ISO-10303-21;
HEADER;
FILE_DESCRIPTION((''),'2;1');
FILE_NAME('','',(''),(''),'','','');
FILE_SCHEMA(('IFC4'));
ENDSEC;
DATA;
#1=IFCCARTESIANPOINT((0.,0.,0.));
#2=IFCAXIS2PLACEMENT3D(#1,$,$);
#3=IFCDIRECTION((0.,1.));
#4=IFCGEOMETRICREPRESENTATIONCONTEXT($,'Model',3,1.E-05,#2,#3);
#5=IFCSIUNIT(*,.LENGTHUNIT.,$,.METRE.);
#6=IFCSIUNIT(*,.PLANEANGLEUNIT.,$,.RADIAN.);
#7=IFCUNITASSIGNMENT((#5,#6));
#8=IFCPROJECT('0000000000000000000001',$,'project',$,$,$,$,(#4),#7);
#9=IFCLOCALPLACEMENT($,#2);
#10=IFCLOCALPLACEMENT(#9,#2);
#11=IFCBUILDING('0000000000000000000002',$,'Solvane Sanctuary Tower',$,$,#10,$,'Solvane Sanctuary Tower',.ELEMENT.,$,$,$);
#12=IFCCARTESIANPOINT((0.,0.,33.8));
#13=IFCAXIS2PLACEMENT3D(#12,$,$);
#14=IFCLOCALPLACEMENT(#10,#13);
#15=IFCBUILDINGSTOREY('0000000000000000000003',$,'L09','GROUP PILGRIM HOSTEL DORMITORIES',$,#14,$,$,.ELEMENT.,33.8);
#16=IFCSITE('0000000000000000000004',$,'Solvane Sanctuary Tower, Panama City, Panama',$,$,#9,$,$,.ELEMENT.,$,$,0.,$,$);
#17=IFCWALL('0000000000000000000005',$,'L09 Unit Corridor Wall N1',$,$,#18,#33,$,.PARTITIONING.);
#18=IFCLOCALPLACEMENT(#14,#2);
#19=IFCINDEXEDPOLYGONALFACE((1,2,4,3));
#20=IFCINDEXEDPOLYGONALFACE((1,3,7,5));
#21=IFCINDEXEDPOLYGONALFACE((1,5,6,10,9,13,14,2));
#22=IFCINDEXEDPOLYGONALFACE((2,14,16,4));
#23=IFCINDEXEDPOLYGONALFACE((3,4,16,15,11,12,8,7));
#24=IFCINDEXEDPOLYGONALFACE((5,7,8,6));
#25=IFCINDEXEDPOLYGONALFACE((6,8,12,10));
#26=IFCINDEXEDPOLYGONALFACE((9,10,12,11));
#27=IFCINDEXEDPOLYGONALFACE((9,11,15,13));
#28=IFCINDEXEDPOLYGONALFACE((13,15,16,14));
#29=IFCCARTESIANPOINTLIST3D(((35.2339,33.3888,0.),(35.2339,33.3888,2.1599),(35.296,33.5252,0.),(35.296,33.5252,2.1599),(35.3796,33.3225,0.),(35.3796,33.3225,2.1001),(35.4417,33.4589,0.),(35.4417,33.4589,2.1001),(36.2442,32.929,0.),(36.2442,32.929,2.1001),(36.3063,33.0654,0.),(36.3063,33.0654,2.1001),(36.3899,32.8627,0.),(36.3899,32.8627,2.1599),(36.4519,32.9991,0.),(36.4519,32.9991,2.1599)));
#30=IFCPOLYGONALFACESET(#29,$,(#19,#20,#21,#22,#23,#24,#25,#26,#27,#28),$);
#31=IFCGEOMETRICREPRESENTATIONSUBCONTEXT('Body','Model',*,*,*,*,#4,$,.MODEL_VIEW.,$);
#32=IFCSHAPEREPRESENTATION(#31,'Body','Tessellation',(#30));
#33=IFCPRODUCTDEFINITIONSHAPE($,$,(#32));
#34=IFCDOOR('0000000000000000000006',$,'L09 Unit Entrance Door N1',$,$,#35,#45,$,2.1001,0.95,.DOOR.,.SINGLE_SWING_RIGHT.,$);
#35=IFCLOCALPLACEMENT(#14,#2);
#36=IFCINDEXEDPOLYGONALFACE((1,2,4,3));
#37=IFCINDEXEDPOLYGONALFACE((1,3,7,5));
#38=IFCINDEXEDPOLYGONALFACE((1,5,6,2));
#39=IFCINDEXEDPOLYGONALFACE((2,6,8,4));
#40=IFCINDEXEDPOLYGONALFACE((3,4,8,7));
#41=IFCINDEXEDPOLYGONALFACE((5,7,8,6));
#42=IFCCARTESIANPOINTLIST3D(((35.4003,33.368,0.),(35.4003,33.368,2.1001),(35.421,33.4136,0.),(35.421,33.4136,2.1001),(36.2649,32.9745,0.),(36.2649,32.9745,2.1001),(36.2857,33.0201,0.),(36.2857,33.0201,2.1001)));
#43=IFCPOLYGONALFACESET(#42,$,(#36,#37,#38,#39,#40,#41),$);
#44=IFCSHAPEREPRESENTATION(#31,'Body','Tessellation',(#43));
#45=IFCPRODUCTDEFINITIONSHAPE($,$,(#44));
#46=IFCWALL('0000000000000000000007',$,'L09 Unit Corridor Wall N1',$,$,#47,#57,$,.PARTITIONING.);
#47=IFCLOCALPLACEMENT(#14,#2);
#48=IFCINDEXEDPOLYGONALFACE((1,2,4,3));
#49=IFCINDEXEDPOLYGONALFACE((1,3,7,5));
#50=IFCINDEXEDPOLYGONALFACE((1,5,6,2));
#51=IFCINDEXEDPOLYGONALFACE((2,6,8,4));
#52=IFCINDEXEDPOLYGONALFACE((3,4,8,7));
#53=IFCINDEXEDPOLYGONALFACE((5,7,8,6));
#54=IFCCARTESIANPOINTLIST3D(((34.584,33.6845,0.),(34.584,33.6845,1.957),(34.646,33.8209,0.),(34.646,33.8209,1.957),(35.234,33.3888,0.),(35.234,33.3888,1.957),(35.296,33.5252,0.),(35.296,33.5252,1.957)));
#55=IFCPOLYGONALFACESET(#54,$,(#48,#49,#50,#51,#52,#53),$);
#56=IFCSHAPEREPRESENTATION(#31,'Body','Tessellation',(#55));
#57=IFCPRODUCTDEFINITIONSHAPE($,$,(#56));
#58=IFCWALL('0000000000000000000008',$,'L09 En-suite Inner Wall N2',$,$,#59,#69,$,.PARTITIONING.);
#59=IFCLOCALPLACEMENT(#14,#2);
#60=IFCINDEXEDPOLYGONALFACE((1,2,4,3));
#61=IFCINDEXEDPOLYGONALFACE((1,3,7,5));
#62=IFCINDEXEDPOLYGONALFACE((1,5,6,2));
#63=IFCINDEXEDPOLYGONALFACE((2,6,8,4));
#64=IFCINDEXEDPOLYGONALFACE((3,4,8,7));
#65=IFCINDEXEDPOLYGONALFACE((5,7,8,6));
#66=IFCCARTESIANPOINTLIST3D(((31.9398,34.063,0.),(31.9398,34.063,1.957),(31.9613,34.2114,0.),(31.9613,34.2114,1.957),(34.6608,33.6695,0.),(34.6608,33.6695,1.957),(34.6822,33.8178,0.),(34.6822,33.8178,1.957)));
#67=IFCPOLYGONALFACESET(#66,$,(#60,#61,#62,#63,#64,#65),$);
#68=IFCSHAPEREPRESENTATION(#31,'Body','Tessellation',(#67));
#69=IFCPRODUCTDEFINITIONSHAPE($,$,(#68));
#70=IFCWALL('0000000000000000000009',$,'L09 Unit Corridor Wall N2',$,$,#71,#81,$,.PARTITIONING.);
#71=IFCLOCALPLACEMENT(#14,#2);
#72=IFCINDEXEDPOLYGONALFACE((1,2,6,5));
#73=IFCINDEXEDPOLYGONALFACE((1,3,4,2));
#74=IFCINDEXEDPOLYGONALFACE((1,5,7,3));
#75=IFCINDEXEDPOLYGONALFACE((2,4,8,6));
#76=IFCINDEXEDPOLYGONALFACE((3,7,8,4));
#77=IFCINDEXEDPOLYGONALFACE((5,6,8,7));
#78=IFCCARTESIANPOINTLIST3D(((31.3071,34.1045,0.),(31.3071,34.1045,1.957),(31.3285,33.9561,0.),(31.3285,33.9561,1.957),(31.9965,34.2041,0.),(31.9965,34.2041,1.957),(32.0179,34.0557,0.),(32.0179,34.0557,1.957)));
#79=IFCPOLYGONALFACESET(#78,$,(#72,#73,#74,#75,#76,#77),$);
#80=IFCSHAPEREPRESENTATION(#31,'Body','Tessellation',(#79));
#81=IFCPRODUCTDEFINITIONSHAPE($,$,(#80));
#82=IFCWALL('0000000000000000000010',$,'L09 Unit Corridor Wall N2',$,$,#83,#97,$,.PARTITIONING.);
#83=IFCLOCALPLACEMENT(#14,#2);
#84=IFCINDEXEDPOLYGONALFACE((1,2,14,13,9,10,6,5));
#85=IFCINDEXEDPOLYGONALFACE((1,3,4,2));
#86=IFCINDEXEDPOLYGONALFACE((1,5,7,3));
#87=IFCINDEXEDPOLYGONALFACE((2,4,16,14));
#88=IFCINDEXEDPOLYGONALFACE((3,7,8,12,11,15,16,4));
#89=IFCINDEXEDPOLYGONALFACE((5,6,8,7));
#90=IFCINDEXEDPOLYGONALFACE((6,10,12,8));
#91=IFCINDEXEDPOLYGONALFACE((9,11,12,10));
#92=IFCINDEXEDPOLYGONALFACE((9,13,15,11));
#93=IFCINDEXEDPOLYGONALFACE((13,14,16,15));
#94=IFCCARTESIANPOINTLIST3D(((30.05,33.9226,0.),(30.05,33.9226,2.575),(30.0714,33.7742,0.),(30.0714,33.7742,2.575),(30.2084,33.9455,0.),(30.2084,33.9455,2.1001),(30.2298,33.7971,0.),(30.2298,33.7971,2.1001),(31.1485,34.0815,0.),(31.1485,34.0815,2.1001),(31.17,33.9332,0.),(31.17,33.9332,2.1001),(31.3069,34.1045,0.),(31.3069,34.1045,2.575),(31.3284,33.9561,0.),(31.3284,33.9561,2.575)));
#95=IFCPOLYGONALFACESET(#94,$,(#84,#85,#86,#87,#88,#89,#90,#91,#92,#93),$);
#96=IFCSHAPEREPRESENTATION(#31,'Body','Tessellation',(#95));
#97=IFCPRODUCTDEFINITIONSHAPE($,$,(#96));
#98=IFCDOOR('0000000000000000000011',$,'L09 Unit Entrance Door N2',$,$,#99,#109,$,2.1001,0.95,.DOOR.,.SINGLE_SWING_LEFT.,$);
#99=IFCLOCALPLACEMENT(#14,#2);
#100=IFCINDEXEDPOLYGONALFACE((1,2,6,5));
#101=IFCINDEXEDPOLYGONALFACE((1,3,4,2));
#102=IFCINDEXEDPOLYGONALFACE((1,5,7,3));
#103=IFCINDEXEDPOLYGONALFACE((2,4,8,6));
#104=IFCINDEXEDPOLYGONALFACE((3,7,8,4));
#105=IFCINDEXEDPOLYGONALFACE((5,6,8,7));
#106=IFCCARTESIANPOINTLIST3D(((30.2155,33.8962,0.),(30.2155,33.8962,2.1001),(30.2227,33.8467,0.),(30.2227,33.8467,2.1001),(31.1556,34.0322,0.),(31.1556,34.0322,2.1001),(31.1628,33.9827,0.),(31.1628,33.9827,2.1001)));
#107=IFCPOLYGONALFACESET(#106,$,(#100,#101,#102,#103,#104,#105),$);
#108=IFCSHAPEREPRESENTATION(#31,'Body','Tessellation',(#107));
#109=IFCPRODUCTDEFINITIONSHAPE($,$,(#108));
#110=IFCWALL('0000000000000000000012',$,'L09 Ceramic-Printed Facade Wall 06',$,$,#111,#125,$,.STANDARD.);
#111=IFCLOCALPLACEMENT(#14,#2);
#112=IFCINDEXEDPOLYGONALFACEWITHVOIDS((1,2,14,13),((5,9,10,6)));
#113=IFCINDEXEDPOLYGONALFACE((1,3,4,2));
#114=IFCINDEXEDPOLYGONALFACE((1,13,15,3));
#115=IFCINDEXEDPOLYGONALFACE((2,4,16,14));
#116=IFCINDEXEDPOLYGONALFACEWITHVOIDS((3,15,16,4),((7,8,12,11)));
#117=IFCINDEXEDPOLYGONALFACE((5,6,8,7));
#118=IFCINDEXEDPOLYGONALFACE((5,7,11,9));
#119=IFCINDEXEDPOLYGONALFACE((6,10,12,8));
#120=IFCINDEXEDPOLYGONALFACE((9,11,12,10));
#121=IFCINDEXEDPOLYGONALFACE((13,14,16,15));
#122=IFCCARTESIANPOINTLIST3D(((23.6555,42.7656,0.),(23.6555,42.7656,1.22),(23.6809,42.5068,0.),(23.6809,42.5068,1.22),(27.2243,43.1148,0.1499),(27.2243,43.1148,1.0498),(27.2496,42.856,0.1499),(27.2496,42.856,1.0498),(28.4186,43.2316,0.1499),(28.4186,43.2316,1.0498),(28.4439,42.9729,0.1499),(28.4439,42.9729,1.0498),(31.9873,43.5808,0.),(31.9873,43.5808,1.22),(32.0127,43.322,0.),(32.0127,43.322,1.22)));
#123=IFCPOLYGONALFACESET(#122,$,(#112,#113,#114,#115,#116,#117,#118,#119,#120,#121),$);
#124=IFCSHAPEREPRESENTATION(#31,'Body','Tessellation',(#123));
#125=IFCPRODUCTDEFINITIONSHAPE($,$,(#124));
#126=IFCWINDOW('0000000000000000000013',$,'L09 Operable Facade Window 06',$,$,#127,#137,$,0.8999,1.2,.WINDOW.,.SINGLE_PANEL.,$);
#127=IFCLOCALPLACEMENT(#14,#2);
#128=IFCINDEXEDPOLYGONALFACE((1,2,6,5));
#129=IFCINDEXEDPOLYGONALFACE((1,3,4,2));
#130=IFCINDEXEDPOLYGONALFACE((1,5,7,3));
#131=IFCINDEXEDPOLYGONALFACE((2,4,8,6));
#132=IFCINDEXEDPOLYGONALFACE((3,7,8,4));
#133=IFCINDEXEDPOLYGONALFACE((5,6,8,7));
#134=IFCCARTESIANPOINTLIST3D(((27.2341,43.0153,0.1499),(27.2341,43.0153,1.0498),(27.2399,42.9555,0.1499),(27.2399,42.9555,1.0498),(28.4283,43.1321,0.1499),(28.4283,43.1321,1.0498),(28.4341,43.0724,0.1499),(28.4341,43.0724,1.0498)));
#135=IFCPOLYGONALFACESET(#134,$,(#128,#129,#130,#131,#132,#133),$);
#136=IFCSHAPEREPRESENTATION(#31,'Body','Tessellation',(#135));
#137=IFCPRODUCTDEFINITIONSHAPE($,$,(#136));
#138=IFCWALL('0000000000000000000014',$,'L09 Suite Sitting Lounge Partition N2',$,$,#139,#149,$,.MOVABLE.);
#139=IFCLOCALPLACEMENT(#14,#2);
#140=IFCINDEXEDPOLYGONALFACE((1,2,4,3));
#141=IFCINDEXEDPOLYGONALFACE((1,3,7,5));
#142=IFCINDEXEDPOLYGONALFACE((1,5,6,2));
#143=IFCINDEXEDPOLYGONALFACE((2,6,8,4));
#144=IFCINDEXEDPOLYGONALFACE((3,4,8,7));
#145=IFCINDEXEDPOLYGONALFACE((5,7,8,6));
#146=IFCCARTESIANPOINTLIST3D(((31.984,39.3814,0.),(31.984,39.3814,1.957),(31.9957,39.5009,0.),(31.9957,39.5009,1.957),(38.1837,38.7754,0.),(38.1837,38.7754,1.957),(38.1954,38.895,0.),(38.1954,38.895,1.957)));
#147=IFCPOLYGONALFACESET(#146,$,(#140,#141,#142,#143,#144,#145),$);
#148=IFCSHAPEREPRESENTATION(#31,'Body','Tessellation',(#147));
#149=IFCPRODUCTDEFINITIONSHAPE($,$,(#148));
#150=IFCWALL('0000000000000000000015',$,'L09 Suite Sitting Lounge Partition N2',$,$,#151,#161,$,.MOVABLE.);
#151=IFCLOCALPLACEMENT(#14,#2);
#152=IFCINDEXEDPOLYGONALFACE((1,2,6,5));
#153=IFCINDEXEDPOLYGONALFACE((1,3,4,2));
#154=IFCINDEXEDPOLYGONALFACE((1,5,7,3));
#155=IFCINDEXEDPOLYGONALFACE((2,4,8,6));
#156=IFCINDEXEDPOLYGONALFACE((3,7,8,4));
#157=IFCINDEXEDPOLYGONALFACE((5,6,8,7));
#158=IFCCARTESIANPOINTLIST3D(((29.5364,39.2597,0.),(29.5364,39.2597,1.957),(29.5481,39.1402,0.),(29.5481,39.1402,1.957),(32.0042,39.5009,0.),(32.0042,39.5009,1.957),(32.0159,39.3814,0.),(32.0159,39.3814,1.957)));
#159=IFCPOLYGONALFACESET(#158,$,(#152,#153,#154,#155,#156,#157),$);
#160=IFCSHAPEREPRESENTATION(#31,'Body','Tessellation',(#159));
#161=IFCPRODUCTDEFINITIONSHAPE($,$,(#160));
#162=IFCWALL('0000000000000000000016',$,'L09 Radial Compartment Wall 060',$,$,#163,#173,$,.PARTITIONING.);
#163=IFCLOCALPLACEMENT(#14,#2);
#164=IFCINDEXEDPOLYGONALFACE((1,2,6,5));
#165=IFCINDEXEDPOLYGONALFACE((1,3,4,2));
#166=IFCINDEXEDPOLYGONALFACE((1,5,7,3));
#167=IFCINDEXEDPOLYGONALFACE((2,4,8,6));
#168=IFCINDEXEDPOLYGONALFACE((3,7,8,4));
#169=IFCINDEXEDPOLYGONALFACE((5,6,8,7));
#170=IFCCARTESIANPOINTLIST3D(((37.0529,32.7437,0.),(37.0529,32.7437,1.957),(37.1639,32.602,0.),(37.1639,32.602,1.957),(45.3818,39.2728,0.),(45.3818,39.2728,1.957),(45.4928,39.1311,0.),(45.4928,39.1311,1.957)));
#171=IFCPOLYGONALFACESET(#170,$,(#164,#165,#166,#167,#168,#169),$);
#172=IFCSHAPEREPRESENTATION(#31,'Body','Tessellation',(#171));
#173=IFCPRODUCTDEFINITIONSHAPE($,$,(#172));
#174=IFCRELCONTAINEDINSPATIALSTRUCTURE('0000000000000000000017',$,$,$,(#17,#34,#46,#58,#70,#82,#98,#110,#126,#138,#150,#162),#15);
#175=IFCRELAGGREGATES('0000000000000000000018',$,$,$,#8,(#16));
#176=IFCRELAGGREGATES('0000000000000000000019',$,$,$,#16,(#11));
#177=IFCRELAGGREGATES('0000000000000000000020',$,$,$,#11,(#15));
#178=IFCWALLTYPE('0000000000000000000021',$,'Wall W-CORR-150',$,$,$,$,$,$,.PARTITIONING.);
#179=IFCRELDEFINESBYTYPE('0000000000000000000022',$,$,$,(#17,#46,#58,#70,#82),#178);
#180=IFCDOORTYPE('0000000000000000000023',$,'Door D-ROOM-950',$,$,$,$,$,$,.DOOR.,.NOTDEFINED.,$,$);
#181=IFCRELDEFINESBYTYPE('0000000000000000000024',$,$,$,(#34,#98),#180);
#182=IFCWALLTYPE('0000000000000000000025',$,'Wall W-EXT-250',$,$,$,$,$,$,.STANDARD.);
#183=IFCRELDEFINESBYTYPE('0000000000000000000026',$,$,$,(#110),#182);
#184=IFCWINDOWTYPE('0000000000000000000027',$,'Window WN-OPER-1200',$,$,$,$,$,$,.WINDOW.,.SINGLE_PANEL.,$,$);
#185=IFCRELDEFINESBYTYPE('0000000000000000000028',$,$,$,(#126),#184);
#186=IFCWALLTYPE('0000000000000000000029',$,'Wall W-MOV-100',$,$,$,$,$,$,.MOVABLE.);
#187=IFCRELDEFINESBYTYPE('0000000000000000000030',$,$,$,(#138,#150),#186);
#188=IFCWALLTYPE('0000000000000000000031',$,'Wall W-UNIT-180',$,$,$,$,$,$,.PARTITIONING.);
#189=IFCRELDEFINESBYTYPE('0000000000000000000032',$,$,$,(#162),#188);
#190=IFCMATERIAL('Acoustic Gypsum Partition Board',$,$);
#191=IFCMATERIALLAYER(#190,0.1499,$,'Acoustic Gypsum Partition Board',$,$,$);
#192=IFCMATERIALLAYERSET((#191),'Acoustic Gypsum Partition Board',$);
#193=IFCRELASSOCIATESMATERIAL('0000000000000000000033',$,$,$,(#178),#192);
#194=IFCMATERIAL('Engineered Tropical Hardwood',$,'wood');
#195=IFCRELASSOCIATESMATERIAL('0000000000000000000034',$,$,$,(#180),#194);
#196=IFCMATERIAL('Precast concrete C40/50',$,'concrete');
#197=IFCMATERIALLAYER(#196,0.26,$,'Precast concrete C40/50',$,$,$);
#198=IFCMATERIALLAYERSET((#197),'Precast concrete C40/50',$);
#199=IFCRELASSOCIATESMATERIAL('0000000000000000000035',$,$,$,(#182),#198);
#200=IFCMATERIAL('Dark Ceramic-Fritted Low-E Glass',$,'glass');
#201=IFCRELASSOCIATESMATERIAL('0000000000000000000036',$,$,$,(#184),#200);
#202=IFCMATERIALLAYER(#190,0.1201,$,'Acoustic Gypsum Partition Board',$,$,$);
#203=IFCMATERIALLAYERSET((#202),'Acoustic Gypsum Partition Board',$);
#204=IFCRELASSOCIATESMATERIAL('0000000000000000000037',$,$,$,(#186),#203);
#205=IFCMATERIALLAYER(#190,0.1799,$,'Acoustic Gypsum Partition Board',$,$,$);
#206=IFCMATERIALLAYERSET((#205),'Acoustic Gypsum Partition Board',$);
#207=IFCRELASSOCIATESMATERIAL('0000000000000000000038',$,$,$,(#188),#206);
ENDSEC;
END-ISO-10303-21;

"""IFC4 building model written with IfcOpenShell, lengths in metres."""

from ifc_helpers import new_model, si_unit, direction, frame, frame_2d, origin, place, context, subcontext, project, spatial, rectangle, extrude, material, layer, layer_set, type_object, element, fill, save


model = new_model("IFC4")

# Units and contexts
model_context = context("Model", 3, precision=1e-05, world=origin(), true_north=direction((0.0, 1.0)))
body_context = subcontext(model_context, "Body", "Model", "MODEL_VIEW")
ifc_project = project(units=[si_unit("LENGTHUNIT", "METRE"), si_unit("PLANEANGLEUNIT", "RADIAN")], contexts=[model_context])

# Site, building, storey
site_placement = place(None, origin())
site = spatial("IfcSite", under=ifc_project, at=site_placement, Name="Solvane Sanctuary Tower, Panama City, Panama", CompositionType="ELEMENT", RefElevation=0.0)
building_placement = place(site_placement, origin())
building = spatial("IfcBuilding", under=site, at=building_placement, Name="Solvane Sanctuary Tower", LongName="Solvane Sanctuary Tower", CompositionType="ELEMENT")
storey_placement = place(building_placement, frame((0.0, 0.0, 33.8)))
storey = spatial("IfcBuildingStorey", under=building, at=storey_placement, Name="L09", Description="GROUP PILGRIM HOSTEL DORMITORIES", CompositionType="ELEMENT", Elevation=33.8)

# Shared definitions
ifc_material_1 = material(Name="Acoustic Gypsum Partition Board")
ifc_layer_1 = layer(ifc_material_1, 0.1499, Name="Acoustic Gypsum Partition Board")
ifc_layer_set_1 = layer_set([ifc_layer_1], Name="Acoustic Gypsum Partition Board")
wall_type_1 = type_object("IfcWallType", Name="Wall W-CORR-150", PredefinedType="PARTITIONING", material=ifc_layer_set_1)

# Wall, opening, door
wall_1_placement = place(storey_placement, frame((36.4209, 32.9309, 0.0), z_axis=(0.0, 0.0, 1.0), x_axis=(-0.910169, 0.414237, 0.0)))
wall_1 = element("IfcWall", 1, at=wall_1_placement, inside=storey, type_object=wall_type_1, Name="L09 Unit Corridor Wall N1", PredefinedType="PARTITIONING", context=body_context, shape_type="SweptSolid", body=[
    extrude(rectangle(XDim=1.27, YDim=0.1499, at=frame_2d((0.635, 0.0))), origin(), (0.0, 0.0, 1.0), 2.1599),
])
opening_1_placement = place(wall_1_placement, frame((0.1599, 0.0, 0.0)))
opening_1 = element("IfcOpeningElement", 2, at=opening_1_placement, cuts=wall_1, PredefinedType="OPENING", context=body_context, shape_type="SweptSolid", body=[
    extrude(rectangle(XDim=0.95, YDim=2.1001, at=frame_2d((0.4751, 1.05))), frame((0.0, 0.085, 0.0), z_axis=(0.0, -1.0, 0.0), x_axis=(1.0, 0.0, 0.0)), (0.0, 0.0, 1.0), 0.1699),
])
ifc_material_2 = material(Name="Engineered Tropical Hardwood", Category="wood")
door_type_1 = type_object("IfcDoorType", Name="Door D-ROOM-950", OperationType="NOTDEFINED", PredefinedType="DOOR", material=ifc_material_2)
door_1_placement = place(opening_1_placement, origin())
door_1 = element("IfcDoor", 3, at=door_1_placement, inside=storey, type_object=door_type_1, Name="L09 Unit Entrance Door N1", OperationType="SINGLE_SWING_RIGHT", OverallHeight=2.1001, OverallWidth=0.95, PredefinedType="DOOR", context=body_context, shape_type="SweptSolid", body=[
    extrude(rectangle(XDim=0.95, YDim=2.1001, at=frame_2d((0.4751, 1.05))), frame((0.0, 0.0249, 0.0), z_axis=(0.0, -1.0, 0.0), x_axis=(1.0, 0.0, 0.0)), (0.0, 0.0, 1.0), 0.05),
])
fill(opening_1, door_1)

# Walls
wall_2_placement = place(storey_placement, frame((35.2649, 33.457, 0.0), z_axis=(0.0, 0.0, 1.0), x_axis=(-0.910238, 0.414086, 0.0)))
element("IfcWall", 4, at=wall_2_placement, inside=storey, type_object=wall_type_1, Name="L09 Unit Corridor Wall N1", PredefinedType="PARTITIONING", context=body_context, shape_type="SweptSolid", body=[
    extrude(rectangle(XDim=0.7141, YDim=0.1499, at=frame_2d((0.3569, 0.0))), origin(), (0.0, 0.0, 1.0), 1.957),
])
wall_3_placement = place(storey_placement, frame((34.6714, 33.7437, 0.0), z_axis=(0.0, 0.0, 1.0), x_axis=(-0.989701, 0.143149, 0.0)))
element("IfcWall", 5, at=wall_3_placement, inside=storey, type_object=wall_type_1, Name="L09 En-suite Inner Wall N2", PredefinedType="PARTITIONING", context=body_context, shape_type="SweptSolid", body=[
    extrude(rectangle(XDim=2.7493, YDim=0.1499, at=frame_2d((1.3745, 0.0))), origin(), (0.0, 0.0, 1.0), 1.957),
])
wall_4_placement = place(storey_placement, frame((32.0071, 34.1299, 0.0), z_axis=(0.0, 0.0, 1.0), x_axis=(-0.989724, -0.142991, 0.0)))
element("IfcWall", 6, at=wall_4_placement, inside=storey, type_object=wall_type_1, Name="L09 Unit Corridor Wall N2", PredefinedType="PARTITIONING", context=body_context, shape_type="SweptSolid", body=[
    extrude(rectangle(XDim=0.6965, YDim=0.1499, at=frame_2d((0.3481, 0.0))), origin(), (0.0, 0.0, 1.0), 1.957),
])

# Wall, opening, door
wall_5_placement = place(storey_placement, frame((31.3176, 34.0303, 0.0), z_axis=(0.0, 0.0, 1.0), x_axis=(-0.98969, -0.143224, 0.0)))
wall_5 = element("IfcWall", 7, at=wall_5_placement, inside=storey, type_object=wall_type_1, Name="L09 Unit Corridor Wall N2", PredefinedType="PARTITIONING", context=body_context, shape_type="SweptSolid", body=[
    extrude(rectangle(XDim=1.27, YDim=0.1499, at=frame_2d((0.635, 0.0))), origin(), (0.0, 0.0, 1.0), 2.575),
])
opening_2_placement = place(wall_5_placement, frame((0.1599, 0.0, 0.0)))
opening_2 = element("IfcOpeningElement", 8, at=opening_2_placement, cuts=wall_5, PredefinedType="OPENING", context=body_context, shape_type="SweptSolid", body=[
    extrude(rectangle(XDim=0.95, YDim=2.1001, at=frame_2d((0.4751, 1.05))), frame((0.0, 0.085, 0.0), z_axis=(0.0, -1.0, 0.0), x_axis=(1.0, 0.0, 0.0)), (0.0, 0.0, 1.0), 0.1699),
])
door_2_placement = place(opening_2_placement, origin())
door_2 = element("IfcDoor", 9, at=door_2_placement, inside=storey, type_object=door_type_1, Name="L09 Unit Entrance Door N2", OperationType="SINGLE_SWING_LEFT", OverallHeight=2.1001, OverallWidth=0.95, PredefinedType="DOOR", context=body_context, shape_type="SweptSolid", body=[
    extrude(rectangle(XDim=0.95, YDim=2.1001, at=frame_2d((0.4751, 1.05))), frame((0.0, 0.0249, 0.0), z_axis=(0.0, -1.0, 0.0), x_axis=(1.0, 0.0, 0.0)), (0.0, 0.0, 1.0), 0.05),
])
fill(opening_2, door_2)

# Wall, opening, window
ifc_material_3 = material(Name="Precast concrete C40/50", Category="concrete")
ifc_layer_2 = layer(ifc_material_3, 0.26, Name="Precast concrete C40/50")
ifc_layer_set_2 = layer_set([ifc_layer_2], Name="Precast concrete C40/50")
wall_type_2 = type_object("IfcWallType", Name="Wall W-EXT-250", PredefinedType="STANDARD", material=ifc_layer_set_2)
wall_6_placement = place(storey_placement, frame((32.0, 43.4514, 0.0), z_axis=(0.0, 0.0, 1.0), x_axis=(-0.995248, -0.097375, 0.0)))
wall_6 = element("IfcWall", 10, at=wall_6_placement, inside=storey, type_object=wall_type_2, Name="L09 Ceramic-Printed Facade Wall 06", PredefinedType="STANDARD", context=body_context, shape_type="SweptSolid", body=[
    extrude(rectangle(XDim=8.3716, YDim=0.26, at=frame_2d((4.1858, 0.0))), origin(), (0.0, 0.0, 1.0), 1.22),
])
opening_3_placement = place(wall_6_placement, frame((3.5857, 0.0, 0.1499)))
opening_3 = element("IfcOpeningElement", 11, at=opening_3_placement, cuts=wall_6, PredefinedType="OPENING", context=body_context, shape_type="SweptSolid", body=[
    extrude(rectangle(XDim=1.2, YDim=0.8999, at=frame_2d((0.6001, 0.45))), frame((0.0, 0.1399, 0.0), z_axis=(0.0, -1.0, 0.0), x_axis=(1.0, 0.0, 0.0)), (0.0, 0.0, 1.0), 0.28),
])
ifc_material_4 = material(Name="Dark Ceramic-Fritted Low-E Glass", Category="glass")
window_type = type_object("IfcWindowType", Name="Window WN-OPER-1200", PartitioningType="SINGLE_PANEL", PredefinedType="WINDOW", material=ifc_material_4)
window_placement = place(opening_3_placement, origin())
window = element("IfcWindow", 12, at=window_placement, inside=storey, type_object=window_type, Name="L09 Operable Facade Window 06", OverallHeight=0.8999, OverallWidth=1.2, PartitioningType="SINGLE_PANEL", PredefinedType="WINDOW", context=body_context, shape_type="SweptSolid", body=[
    extrude(rectangle(XDim=1.2, YDim=0.8999, at=frame_2d((0.6001, 0.45))), frame((0.0, 0.03, 0.0), z_axis=(0.0, -1.0, 0.0), x_axis=(1.0, 0.0, 0.0)), (0.0, 0.0, 1.0), 0.0601),
])
fill(opening_3, window)

# Walls
ifc_layer_3 = layer(ifc_material_1, 0.1201, Name="Acoustic Gypsum Partition Board")
ifc_layer_set_3 = layer_set([ifc_layer_3], Name="Acoustic Gypsum Partition Board")
wall_type_3 = type_object("IfcWallType", Name="Wall W-MOV-100", PredefinedType="MOVABLE", material=ifc_layer_set_3)
wall_7_placement = place(storey_placement, frame((38.1897, 38.8352, 0.0), z_axis=(0.0, 0.0, 1.0), x_axis=(-0.995257, 0.097276, 0.0)))
element("IfcWall", 13, at=wall_7_placement, inside=storey, type_object=wall_type_3, Name="L09 Suite Sitting Lounge Partition N2", PredefinedType="MOVABLE", context=body_context, shape_type="SweptSolid", body=[
    extrude(rectangle(XDim=6.2292, YDim=0.1201, at=frame_2d((3.1147, 0.0))), origin(), (0.0, 0.0, 1.0), 1.957),
])
wall_8_placement = place(storey_placement, frame((32.01, 39.4412, 0.0), z_axis=(0.0, 0.0, 1.0), x_axis=(-0.995257, -0.097281, 0.0)))
element("IfcWall", 14, at=wall_8_placement, inside=storey, type_object=wall_type_3, Name="L09 Suite Sitting Lounge Partition N2", PredefinedType="MOVABLE", context=body_context, shape_type="SweptSolid", body=[
    extrude(rectangle(XDim=2.4795, YDim=0.1201, at=frame_2d((1.2397, 0.0))), origin(), (0.0, 0.0, 1.0), 1.957),
])
ifc_layer_4 = layer(ifc_material_1, 0.1799, Name="Acoustic Gypsum Partition Board")
ifc_layer_set_4 = layer_set([ifc_layer_4], Name="Acoustic Gypsum Partition Board")
wall_type_4 = type_object("IfcWallType", Name="Wall W-UNIT-180", PredefinedType="PARTITIONING", material=ifc_layer_set_4)
wall_9_placement = place(storey_placement, frame((37.1084, 32.6729, 0.0), z_axis=(0.0, 0.0, 1.0), x_axis=(0.787009, 0.616942, 0.0)))
element("IfcWall", 15, at=wall_9_placement, inside=storey, type_object=wall_type_4, Name="L09 Radial Compartment Wall 060", PredefinedType="PARTITIONING", context=body_context, shape_type="SweptSolid", body=[
    extrude(rectangle(XDim=10.583, YDim=0.1799, at=frame_2d((5.2915, 0.0))), origin(), (0.0, 0.0, 1.0), 1.957),
])

save(model, "model.ifc")
